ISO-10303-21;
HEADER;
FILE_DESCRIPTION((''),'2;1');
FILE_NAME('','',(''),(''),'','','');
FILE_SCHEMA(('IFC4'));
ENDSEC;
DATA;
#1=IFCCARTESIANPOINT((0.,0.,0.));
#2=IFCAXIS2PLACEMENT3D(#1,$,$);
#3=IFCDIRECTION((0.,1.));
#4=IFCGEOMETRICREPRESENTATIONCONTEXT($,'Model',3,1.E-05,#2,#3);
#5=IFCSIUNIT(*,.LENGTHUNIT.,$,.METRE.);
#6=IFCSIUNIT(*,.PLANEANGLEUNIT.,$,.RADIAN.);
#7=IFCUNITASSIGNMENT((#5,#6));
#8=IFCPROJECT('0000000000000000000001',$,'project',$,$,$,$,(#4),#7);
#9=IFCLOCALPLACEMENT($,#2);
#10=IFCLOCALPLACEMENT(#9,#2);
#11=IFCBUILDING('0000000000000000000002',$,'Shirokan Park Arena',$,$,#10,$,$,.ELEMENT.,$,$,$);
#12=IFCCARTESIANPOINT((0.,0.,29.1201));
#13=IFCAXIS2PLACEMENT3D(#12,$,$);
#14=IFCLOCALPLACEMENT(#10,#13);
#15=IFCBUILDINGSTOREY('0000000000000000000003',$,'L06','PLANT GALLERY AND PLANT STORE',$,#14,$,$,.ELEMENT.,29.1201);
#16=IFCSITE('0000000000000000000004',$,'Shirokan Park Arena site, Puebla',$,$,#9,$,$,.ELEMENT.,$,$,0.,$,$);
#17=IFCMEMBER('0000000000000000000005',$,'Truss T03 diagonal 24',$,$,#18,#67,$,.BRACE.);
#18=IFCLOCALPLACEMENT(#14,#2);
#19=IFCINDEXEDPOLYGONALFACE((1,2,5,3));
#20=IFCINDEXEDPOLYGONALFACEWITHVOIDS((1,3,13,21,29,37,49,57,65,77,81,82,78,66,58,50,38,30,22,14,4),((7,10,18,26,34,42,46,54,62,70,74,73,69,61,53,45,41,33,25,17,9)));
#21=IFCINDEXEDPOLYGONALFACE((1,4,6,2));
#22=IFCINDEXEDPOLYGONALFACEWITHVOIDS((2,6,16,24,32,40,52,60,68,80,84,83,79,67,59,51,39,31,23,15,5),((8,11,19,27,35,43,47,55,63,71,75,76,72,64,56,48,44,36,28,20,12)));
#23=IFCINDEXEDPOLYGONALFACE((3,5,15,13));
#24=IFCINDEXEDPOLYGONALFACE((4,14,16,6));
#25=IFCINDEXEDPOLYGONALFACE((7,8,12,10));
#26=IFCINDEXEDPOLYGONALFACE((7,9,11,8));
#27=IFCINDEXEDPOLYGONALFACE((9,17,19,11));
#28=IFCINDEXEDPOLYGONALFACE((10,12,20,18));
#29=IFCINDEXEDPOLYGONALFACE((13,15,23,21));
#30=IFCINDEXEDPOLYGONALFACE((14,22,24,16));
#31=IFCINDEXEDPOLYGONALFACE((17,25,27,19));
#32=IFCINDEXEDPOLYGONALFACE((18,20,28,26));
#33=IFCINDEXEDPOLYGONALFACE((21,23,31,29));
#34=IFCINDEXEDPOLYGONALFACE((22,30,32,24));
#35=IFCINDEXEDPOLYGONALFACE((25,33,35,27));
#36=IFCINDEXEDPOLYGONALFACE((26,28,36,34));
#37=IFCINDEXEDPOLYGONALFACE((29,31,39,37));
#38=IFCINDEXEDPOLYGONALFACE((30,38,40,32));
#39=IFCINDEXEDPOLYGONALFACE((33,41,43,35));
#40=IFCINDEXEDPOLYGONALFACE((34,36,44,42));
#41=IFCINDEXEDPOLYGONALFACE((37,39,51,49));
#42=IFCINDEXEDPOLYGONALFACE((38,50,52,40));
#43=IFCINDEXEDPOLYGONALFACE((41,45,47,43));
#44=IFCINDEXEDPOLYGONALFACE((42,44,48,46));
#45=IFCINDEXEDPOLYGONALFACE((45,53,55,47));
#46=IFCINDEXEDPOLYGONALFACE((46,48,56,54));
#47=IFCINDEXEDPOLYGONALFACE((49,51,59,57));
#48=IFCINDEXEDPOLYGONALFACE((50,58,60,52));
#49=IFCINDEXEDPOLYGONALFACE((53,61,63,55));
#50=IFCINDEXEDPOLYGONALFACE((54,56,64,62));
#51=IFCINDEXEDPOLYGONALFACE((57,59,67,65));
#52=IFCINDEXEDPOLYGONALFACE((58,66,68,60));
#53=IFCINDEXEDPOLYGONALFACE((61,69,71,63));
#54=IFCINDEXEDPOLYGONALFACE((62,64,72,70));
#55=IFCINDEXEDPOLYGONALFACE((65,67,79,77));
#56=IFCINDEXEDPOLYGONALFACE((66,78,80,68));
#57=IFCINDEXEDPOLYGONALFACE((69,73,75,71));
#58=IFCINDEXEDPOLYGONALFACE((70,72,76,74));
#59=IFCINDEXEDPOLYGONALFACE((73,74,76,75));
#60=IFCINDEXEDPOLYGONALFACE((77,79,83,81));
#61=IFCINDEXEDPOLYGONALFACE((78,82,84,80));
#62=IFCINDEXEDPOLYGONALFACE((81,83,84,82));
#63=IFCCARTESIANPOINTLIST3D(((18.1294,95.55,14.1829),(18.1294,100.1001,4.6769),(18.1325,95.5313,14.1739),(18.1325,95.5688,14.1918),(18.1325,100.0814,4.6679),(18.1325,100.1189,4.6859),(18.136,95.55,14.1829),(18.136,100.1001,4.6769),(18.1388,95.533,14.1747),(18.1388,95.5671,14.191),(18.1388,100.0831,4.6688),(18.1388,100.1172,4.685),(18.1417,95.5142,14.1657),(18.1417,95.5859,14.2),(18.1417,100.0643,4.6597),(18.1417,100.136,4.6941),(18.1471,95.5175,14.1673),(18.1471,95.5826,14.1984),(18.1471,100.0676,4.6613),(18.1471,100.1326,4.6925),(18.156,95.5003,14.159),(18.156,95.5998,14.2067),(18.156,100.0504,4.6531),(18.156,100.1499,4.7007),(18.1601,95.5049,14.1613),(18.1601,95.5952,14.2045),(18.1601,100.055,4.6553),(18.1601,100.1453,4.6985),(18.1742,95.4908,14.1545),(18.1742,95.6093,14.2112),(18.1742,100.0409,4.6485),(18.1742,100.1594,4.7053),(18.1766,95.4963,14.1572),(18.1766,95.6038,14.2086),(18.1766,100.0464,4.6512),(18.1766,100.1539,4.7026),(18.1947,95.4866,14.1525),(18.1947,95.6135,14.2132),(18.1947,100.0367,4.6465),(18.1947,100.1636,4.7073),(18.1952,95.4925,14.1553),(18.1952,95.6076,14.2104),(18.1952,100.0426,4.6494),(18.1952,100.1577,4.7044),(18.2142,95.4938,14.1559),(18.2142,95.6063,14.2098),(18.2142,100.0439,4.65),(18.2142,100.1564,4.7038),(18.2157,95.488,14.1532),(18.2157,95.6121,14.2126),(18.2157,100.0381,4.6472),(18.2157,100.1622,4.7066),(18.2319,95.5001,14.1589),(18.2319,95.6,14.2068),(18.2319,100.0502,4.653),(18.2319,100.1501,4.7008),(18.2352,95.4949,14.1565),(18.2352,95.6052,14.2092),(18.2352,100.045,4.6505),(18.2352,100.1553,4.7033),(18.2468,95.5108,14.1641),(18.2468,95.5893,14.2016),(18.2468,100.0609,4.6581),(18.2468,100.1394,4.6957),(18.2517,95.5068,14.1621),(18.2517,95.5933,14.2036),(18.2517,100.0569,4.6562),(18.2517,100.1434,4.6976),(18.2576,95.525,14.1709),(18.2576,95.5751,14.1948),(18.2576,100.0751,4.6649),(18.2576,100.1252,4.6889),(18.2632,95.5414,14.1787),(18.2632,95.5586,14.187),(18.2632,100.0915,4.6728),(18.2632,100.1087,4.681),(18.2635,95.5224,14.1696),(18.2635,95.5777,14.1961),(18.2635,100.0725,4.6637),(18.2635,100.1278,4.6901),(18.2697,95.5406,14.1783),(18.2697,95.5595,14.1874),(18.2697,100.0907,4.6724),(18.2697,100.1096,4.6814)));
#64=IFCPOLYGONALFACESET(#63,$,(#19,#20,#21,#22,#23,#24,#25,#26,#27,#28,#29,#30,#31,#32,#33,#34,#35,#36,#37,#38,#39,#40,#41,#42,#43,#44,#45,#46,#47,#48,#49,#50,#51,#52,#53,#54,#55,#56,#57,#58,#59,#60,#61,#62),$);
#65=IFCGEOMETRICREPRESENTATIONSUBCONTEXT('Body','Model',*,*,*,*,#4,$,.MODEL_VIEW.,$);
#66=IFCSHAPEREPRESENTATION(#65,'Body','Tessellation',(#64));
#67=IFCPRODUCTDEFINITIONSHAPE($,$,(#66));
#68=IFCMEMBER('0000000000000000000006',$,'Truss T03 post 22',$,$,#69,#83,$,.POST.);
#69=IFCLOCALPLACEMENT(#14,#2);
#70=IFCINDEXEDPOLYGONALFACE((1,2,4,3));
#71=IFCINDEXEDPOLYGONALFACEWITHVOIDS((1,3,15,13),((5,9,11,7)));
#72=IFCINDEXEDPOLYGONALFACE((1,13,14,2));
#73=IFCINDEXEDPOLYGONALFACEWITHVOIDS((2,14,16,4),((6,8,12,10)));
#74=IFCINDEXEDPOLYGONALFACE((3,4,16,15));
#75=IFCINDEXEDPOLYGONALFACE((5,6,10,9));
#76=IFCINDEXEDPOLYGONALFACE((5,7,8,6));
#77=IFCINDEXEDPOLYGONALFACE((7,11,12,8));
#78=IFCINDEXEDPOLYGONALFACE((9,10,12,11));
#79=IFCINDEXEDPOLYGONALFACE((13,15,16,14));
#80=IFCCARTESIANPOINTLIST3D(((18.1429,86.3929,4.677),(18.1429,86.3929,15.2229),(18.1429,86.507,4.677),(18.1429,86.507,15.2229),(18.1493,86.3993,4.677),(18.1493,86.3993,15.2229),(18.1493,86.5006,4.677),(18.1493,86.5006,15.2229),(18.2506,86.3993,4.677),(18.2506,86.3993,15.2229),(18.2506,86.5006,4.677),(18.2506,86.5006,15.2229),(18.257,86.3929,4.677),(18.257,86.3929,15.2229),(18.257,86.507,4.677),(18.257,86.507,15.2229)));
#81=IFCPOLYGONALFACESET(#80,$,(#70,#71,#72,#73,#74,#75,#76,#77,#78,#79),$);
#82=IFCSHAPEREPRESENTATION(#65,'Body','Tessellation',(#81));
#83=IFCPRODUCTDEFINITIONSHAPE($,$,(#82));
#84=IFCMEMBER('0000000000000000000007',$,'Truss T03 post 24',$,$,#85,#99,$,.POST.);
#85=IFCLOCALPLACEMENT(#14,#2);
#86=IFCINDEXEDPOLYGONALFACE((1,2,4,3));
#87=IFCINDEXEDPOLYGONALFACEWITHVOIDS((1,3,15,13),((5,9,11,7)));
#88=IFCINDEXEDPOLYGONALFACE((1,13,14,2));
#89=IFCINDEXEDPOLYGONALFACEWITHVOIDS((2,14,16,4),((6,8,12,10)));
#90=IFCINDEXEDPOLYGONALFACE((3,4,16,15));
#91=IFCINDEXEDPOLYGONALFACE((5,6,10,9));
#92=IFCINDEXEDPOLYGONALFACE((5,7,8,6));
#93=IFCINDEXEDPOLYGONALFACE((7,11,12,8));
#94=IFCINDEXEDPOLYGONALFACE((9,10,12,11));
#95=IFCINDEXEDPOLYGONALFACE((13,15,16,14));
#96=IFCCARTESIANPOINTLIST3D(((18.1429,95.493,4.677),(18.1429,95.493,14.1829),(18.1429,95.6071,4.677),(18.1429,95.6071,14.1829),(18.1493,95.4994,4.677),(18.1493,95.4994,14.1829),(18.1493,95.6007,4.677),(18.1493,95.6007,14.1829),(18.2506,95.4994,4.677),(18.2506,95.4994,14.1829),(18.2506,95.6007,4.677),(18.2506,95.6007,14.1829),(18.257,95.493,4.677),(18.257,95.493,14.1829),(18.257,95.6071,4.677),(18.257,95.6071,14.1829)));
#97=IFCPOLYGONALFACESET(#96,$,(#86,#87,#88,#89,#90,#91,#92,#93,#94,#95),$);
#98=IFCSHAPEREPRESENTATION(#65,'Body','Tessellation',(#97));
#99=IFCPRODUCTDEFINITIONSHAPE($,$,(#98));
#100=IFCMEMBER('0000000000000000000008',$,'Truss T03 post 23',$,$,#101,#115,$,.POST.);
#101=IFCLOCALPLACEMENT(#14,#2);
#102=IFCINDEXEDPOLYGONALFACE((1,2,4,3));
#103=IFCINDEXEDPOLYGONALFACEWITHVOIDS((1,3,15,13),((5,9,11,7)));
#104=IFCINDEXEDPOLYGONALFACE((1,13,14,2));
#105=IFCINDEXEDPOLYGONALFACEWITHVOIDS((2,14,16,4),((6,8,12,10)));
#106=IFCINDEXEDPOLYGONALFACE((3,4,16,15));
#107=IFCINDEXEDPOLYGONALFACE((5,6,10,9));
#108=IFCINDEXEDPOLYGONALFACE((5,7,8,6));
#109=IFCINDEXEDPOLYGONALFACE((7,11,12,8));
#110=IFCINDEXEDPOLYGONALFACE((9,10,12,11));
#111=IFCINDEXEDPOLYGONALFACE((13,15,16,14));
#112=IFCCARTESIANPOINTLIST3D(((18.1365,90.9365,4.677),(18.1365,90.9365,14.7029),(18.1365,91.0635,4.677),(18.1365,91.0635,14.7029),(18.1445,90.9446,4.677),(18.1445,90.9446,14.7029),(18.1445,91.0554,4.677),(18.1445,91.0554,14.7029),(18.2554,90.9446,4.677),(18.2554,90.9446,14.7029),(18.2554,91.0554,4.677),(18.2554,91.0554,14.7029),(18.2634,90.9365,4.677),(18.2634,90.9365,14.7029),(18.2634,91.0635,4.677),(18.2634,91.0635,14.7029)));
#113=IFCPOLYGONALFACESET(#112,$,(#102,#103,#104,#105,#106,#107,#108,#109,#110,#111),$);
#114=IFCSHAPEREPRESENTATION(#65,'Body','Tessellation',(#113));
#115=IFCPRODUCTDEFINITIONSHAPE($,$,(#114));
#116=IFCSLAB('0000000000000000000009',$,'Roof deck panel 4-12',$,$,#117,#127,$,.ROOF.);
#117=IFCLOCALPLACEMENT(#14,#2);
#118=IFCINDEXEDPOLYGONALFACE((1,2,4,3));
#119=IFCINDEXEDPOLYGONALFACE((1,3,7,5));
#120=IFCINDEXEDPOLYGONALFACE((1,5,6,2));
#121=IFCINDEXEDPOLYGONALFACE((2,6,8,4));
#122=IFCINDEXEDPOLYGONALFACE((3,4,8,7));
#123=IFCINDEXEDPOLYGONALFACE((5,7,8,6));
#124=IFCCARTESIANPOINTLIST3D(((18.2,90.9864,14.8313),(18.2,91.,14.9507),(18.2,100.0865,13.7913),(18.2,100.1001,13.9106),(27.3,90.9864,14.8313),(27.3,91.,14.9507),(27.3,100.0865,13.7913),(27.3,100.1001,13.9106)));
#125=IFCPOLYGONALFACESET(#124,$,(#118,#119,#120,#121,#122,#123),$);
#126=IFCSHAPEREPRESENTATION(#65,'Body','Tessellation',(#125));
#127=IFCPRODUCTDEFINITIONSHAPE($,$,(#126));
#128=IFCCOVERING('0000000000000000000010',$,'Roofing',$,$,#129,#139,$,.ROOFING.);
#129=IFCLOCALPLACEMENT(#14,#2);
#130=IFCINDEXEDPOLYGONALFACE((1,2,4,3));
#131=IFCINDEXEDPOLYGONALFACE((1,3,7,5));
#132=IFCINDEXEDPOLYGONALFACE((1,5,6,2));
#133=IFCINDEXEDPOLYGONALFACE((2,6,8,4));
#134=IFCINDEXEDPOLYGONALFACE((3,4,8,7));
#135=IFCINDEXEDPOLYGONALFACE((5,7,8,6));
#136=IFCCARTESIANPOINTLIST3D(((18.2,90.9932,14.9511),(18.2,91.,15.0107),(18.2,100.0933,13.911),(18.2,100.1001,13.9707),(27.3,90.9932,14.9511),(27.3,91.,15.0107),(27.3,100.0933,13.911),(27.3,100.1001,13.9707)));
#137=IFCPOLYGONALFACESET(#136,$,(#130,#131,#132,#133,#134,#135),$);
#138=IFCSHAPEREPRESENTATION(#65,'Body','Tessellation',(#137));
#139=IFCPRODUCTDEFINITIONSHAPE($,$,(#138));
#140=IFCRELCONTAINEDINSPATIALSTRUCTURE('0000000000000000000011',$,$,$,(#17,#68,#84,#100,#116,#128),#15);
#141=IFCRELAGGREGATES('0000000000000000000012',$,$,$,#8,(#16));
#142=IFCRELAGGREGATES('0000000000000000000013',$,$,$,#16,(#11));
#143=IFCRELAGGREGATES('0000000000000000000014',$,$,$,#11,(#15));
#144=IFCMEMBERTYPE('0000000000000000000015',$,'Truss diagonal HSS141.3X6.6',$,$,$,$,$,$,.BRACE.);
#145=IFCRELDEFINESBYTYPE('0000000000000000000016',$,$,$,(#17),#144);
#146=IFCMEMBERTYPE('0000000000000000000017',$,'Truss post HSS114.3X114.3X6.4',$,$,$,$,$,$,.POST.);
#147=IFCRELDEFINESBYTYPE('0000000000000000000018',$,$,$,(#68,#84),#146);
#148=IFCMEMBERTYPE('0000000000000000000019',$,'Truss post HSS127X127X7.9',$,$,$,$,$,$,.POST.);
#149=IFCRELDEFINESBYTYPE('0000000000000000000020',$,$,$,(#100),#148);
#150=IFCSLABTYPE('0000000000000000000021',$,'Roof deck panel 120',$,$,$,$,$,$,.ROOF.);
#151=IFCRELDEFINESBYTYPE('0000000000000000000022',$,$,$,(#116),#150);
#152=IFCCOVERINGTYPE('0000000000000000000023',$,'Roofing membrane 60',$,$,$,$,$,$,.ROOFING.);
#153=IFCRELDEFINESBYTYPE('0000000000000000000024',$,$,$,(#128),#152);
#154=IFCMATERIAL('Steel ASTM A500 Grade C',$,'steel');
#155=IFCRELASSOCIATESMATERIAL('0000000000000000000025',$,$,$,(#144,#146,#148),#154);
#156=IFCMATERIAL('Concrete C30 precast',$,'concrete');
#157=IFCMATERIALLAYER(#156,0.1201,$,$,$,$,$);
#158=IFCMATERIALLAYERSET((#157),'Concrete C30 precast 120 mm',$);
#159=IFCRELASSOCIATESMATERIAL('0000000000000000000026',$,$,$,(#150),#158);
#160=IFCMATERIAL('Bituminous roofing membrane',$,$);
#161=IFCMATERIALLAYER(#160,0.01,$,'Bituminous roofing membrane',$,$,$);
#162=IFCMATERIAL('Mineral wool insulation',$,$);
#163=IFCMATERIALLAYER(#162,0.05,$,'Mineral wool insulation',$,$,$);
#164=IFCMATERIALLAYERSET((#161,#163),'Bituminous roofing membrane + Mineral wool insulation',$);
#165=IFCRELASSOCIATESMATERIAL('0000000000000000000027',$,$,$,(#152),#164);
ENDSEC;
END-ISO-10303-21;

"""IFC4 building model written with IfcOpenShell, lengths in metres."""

from ifc_helpers import new_model, si_unit, direction, frame, origin, origin_2d, place, context, subcontext, project, spatial, polyline, hollow_rectangle, hollow_circle, outline, extrude, material, layer, layer_set, material_profile, profile_set, type_object, element, save


model = new_model("IFC4")

# Units and contexts
model_context = context("Model", 3, precision=1e-05, world=origin(), true_north=direction((0.0, 1.0)))
body_context = subcontext(model_context, "Body", "Model", "MODEL_VIEW")
ifc_project = project(units=[si_unit("LENGTHUNIT", "METRE"), si_unit("PLANEANGLEUNIT", "RADIAN")], contexts=[model_context])

# Site, building, storey
site_placement = place(None, origin())
site = spatial("IfcSite", under=ifc_project, at=site_placement, Name="Shirokan Park Arena site, Puebla", CompositionType="ELEMENT", RefElevation=0.0)
building_placement = place(site_placement, origin())
building = spatial("IfcBuilding", under=site, at=building_placement, Name="Shirokan Park Arena", CompositionType="ELEMENT")
storey_placement = place(building_placement, frame((0.0, 0.0, 29.1201)))
storey = spatial("IfcBuildingStorey", under=building, at=storey_placement, Name="L06", Description="PLANT GALLERY AND PLANT STORE", CompositionType="ELEMENT", Elevation=29.1201)

# Members
ifc_material_1 = material(Name="Steel ASTM A500 Grade C", Category="steel")
ifc_material_profile_1 = material_profile(ifc_material_1, hollow_circle(Radius=0.0706, WallThickness=0.0066, at=origin_2d()), Name="HSS141.3X6.6")
ifc_profile_set_1 = profile_set([ifc_material_profile_1], Name="Steel ASTM A500 Grade C")
member_type_1 = type_object("IfcMemberType", Name="Truss diagonal HSS141.3X6.6", PredefinedType="BRACE", material=ifc_profile_set_1)
for number, where, z_axis, x_axis, name in (
    (1, (18.2, 95.55, 14.1829), (0.0, 0.431746, -0.901995), (-1.0, 0.0, 0.0), "Truss T03 diagonal 24"),
):
    element("IfcMember", number, at=place(storey_placement, frame(where, z_axis=z_axis, x_axis=x_axis)), inside=storey, type_object=member_type_1, Name=name, PredefinedType="BRACE", context=body_context, shape_type="SweptSolid", body=[
        extrude(hollow_circle(Radius=0.0706, WallThickness=0.0066, at=origin_2d()), origin(), (0.0, 0.0, 1.0), 10.5388),
    ])
ifc_material_profile_2 = material_profile(ifc_material_1, hollow_rectangle(XDim=0.114, YDim=0.114, WallThickness=0.0063, at=origin_2d()), Name="HSS114.3X114.3X6.4")
ifc_profile_set_2 = profile_set([ifc_material_profile_2], Name="Steel ASTM A500 Grade C")
member_type_2 = type_object("IfcMemberType", Name="Truss post HSS114.3X114.3X6.4", PredefinedType="POST", material=ifc_profile_set_2)
member_1_placement = place(storey_placement, frame((18.2, 86.45, 4.677), z_axis=(0.0, 0.0, 1.0), x_axis=(1.0, 0.0, 0.0)))
element("IfcMember", 2, at=member_1_placement, inside=storey, type_object=member_type_2, Name="Truss T03 post 22", PredefinedType="POST", context=body_context, shape_type="SweptSolid", body=[
    extrude(hollow_rectangle(XDim=0.114, YDim=0.114, WallThickness=0.0063, at=origin_2d()), origin(), (0.0, 0.0, 1.0), 10.5459),
])
member_2_placement = place(storey_placement, frame((18.2, 95.55, 4.677), z_axis=(0.0, 0.0, 1.0), x_axis=(1.0, 0.0, 0.0)))
element("IfcMember", 3, at=member_2_placement, inside=storey, type_object=member_type_2, Name="Truss T03 post 24", PredefinedType="POST", context=body_context, shape_type="SweptSolid", body=[
    extrude(hollow_rectangle(XDim=0.114, YDim=0.114, WallThickness=0.0063, at=origin_2d()), origin(), (0.0, 0.0, 1.0), 9.5059),
])
ifc_material_profile_3 = material_profile(ifc_material_1, hollow_rectangle(XDim=0.127, YDim=0.127, WallThickness=0.0081, at=origin_2d()), Name="HSS127X127X7.9")
ifc_profile_set_3 = profile_set([ifc_material_profile_3], Name="Steel ASTM A500 Grade C")
member_type_3 = type_object("IfcMemberType", Name="Truss post HSS127X127X7.9", PredefinedType="POST", material=ifc_profile_set_3)
member_3_placement = place(storey_placement, frame((18.2, 91.0, 4.677), z_axis=(0.0, 0.0, 1.0), x_axis=(1.0, 0.0, 0.0)))
element("IfcMember", 4, at=member_3_placement, inside=storey, type_object=member_type_3, Name="Truss T03 post 23", PredefinedType="POST", context=body_context, shape_type="SweptSolid", body=[
    extrude(hollow_rectangle(XDim=0.127, YDim=0.127, WallThickness=0.0081, at=origin_2d()), origin(), (0.0, 0.0, 1.0), 10.0259),
])

# Slab
ifc_material_2 = material(Name="Concrete C30 precast", Category="concrete")
ifc_layer_1 = layer(ifc_material_2, 0.1201)
ifc_layer_set_1 = layer_set([ifc_layer_1], Name="Concrete C30 precast 120 mm")
slab_type = type_object("IfcSlabType", Name="Roof deck panel 120", PredefinedType="ROOF", material=ifc_layer_set_1)
slab_placement = place(storey_placement, frame((18.2, 91.0, 14.9507), z_axis=(0.0, 0.11355, 0.993532), x_axis=(1.0, 0.0, 0.0)))
element("IfcSlab", 5, at=slab_placement, inside=storey, type_object=slab_type, Name="Roof deck panel 4-12", PredefinedType="ROOF", context=body_context, shape_type="SweptSolid", body=[
    extrude(outline(polyline([(0.0, 0.0), (9.1001, 0.0), (9.1001, 9.1593), (0.0, 9.1593), (0.0, 0.0)])), origin(), (0.0, 0.0, -1.0), 0.1201),
])

# Covering
ifc_material_3 = material(Name="Bituminous roofing membrane")
ifc_layer_2 = layer(ifc_material_3, 0.01, Name="Bituminous roofing membrane")
ifc_material_4 = material(Name="Mineral wool insulation")
ifc_layer_3 = layer(ifc_material_4, 0.05, Name="Mineral wool insulation")
ifc_layer_set_2 = layer_set([ifc_layer_2, ifc_layer_3], Name="Bituminous roofing membrane + Mineral wool insulation")
covering_type = type_object("IfcCoveringType", Name="Roofing membrane 60", PredefinedType="ROOFING", material=ifc_layer_set_2)
covering_placement = place(storey_placement, frame((18.2, 91.0, 15.0107), z_axis=(0.0, 0.11355, 0.993532), x_axis=(1.0, 0.0, 0.0)))
element("IfcCovering", 6, at=covering_placement, inside=storey, type_object=covering_type, Name="Roofing", PredefinedType="ROOFING", context=body_context, shape_type="SweptSolid", body=[
    extrude(outline(polyline([(0.0, 0.0), (9.1001, 0.0), (9.1001, 9.1593), (0.0, 9.1593), (0.0, 0.0)])), origin(), (0.0, 0.0, -1.0), 0.0601),
])

save(model, "model.ifc")
